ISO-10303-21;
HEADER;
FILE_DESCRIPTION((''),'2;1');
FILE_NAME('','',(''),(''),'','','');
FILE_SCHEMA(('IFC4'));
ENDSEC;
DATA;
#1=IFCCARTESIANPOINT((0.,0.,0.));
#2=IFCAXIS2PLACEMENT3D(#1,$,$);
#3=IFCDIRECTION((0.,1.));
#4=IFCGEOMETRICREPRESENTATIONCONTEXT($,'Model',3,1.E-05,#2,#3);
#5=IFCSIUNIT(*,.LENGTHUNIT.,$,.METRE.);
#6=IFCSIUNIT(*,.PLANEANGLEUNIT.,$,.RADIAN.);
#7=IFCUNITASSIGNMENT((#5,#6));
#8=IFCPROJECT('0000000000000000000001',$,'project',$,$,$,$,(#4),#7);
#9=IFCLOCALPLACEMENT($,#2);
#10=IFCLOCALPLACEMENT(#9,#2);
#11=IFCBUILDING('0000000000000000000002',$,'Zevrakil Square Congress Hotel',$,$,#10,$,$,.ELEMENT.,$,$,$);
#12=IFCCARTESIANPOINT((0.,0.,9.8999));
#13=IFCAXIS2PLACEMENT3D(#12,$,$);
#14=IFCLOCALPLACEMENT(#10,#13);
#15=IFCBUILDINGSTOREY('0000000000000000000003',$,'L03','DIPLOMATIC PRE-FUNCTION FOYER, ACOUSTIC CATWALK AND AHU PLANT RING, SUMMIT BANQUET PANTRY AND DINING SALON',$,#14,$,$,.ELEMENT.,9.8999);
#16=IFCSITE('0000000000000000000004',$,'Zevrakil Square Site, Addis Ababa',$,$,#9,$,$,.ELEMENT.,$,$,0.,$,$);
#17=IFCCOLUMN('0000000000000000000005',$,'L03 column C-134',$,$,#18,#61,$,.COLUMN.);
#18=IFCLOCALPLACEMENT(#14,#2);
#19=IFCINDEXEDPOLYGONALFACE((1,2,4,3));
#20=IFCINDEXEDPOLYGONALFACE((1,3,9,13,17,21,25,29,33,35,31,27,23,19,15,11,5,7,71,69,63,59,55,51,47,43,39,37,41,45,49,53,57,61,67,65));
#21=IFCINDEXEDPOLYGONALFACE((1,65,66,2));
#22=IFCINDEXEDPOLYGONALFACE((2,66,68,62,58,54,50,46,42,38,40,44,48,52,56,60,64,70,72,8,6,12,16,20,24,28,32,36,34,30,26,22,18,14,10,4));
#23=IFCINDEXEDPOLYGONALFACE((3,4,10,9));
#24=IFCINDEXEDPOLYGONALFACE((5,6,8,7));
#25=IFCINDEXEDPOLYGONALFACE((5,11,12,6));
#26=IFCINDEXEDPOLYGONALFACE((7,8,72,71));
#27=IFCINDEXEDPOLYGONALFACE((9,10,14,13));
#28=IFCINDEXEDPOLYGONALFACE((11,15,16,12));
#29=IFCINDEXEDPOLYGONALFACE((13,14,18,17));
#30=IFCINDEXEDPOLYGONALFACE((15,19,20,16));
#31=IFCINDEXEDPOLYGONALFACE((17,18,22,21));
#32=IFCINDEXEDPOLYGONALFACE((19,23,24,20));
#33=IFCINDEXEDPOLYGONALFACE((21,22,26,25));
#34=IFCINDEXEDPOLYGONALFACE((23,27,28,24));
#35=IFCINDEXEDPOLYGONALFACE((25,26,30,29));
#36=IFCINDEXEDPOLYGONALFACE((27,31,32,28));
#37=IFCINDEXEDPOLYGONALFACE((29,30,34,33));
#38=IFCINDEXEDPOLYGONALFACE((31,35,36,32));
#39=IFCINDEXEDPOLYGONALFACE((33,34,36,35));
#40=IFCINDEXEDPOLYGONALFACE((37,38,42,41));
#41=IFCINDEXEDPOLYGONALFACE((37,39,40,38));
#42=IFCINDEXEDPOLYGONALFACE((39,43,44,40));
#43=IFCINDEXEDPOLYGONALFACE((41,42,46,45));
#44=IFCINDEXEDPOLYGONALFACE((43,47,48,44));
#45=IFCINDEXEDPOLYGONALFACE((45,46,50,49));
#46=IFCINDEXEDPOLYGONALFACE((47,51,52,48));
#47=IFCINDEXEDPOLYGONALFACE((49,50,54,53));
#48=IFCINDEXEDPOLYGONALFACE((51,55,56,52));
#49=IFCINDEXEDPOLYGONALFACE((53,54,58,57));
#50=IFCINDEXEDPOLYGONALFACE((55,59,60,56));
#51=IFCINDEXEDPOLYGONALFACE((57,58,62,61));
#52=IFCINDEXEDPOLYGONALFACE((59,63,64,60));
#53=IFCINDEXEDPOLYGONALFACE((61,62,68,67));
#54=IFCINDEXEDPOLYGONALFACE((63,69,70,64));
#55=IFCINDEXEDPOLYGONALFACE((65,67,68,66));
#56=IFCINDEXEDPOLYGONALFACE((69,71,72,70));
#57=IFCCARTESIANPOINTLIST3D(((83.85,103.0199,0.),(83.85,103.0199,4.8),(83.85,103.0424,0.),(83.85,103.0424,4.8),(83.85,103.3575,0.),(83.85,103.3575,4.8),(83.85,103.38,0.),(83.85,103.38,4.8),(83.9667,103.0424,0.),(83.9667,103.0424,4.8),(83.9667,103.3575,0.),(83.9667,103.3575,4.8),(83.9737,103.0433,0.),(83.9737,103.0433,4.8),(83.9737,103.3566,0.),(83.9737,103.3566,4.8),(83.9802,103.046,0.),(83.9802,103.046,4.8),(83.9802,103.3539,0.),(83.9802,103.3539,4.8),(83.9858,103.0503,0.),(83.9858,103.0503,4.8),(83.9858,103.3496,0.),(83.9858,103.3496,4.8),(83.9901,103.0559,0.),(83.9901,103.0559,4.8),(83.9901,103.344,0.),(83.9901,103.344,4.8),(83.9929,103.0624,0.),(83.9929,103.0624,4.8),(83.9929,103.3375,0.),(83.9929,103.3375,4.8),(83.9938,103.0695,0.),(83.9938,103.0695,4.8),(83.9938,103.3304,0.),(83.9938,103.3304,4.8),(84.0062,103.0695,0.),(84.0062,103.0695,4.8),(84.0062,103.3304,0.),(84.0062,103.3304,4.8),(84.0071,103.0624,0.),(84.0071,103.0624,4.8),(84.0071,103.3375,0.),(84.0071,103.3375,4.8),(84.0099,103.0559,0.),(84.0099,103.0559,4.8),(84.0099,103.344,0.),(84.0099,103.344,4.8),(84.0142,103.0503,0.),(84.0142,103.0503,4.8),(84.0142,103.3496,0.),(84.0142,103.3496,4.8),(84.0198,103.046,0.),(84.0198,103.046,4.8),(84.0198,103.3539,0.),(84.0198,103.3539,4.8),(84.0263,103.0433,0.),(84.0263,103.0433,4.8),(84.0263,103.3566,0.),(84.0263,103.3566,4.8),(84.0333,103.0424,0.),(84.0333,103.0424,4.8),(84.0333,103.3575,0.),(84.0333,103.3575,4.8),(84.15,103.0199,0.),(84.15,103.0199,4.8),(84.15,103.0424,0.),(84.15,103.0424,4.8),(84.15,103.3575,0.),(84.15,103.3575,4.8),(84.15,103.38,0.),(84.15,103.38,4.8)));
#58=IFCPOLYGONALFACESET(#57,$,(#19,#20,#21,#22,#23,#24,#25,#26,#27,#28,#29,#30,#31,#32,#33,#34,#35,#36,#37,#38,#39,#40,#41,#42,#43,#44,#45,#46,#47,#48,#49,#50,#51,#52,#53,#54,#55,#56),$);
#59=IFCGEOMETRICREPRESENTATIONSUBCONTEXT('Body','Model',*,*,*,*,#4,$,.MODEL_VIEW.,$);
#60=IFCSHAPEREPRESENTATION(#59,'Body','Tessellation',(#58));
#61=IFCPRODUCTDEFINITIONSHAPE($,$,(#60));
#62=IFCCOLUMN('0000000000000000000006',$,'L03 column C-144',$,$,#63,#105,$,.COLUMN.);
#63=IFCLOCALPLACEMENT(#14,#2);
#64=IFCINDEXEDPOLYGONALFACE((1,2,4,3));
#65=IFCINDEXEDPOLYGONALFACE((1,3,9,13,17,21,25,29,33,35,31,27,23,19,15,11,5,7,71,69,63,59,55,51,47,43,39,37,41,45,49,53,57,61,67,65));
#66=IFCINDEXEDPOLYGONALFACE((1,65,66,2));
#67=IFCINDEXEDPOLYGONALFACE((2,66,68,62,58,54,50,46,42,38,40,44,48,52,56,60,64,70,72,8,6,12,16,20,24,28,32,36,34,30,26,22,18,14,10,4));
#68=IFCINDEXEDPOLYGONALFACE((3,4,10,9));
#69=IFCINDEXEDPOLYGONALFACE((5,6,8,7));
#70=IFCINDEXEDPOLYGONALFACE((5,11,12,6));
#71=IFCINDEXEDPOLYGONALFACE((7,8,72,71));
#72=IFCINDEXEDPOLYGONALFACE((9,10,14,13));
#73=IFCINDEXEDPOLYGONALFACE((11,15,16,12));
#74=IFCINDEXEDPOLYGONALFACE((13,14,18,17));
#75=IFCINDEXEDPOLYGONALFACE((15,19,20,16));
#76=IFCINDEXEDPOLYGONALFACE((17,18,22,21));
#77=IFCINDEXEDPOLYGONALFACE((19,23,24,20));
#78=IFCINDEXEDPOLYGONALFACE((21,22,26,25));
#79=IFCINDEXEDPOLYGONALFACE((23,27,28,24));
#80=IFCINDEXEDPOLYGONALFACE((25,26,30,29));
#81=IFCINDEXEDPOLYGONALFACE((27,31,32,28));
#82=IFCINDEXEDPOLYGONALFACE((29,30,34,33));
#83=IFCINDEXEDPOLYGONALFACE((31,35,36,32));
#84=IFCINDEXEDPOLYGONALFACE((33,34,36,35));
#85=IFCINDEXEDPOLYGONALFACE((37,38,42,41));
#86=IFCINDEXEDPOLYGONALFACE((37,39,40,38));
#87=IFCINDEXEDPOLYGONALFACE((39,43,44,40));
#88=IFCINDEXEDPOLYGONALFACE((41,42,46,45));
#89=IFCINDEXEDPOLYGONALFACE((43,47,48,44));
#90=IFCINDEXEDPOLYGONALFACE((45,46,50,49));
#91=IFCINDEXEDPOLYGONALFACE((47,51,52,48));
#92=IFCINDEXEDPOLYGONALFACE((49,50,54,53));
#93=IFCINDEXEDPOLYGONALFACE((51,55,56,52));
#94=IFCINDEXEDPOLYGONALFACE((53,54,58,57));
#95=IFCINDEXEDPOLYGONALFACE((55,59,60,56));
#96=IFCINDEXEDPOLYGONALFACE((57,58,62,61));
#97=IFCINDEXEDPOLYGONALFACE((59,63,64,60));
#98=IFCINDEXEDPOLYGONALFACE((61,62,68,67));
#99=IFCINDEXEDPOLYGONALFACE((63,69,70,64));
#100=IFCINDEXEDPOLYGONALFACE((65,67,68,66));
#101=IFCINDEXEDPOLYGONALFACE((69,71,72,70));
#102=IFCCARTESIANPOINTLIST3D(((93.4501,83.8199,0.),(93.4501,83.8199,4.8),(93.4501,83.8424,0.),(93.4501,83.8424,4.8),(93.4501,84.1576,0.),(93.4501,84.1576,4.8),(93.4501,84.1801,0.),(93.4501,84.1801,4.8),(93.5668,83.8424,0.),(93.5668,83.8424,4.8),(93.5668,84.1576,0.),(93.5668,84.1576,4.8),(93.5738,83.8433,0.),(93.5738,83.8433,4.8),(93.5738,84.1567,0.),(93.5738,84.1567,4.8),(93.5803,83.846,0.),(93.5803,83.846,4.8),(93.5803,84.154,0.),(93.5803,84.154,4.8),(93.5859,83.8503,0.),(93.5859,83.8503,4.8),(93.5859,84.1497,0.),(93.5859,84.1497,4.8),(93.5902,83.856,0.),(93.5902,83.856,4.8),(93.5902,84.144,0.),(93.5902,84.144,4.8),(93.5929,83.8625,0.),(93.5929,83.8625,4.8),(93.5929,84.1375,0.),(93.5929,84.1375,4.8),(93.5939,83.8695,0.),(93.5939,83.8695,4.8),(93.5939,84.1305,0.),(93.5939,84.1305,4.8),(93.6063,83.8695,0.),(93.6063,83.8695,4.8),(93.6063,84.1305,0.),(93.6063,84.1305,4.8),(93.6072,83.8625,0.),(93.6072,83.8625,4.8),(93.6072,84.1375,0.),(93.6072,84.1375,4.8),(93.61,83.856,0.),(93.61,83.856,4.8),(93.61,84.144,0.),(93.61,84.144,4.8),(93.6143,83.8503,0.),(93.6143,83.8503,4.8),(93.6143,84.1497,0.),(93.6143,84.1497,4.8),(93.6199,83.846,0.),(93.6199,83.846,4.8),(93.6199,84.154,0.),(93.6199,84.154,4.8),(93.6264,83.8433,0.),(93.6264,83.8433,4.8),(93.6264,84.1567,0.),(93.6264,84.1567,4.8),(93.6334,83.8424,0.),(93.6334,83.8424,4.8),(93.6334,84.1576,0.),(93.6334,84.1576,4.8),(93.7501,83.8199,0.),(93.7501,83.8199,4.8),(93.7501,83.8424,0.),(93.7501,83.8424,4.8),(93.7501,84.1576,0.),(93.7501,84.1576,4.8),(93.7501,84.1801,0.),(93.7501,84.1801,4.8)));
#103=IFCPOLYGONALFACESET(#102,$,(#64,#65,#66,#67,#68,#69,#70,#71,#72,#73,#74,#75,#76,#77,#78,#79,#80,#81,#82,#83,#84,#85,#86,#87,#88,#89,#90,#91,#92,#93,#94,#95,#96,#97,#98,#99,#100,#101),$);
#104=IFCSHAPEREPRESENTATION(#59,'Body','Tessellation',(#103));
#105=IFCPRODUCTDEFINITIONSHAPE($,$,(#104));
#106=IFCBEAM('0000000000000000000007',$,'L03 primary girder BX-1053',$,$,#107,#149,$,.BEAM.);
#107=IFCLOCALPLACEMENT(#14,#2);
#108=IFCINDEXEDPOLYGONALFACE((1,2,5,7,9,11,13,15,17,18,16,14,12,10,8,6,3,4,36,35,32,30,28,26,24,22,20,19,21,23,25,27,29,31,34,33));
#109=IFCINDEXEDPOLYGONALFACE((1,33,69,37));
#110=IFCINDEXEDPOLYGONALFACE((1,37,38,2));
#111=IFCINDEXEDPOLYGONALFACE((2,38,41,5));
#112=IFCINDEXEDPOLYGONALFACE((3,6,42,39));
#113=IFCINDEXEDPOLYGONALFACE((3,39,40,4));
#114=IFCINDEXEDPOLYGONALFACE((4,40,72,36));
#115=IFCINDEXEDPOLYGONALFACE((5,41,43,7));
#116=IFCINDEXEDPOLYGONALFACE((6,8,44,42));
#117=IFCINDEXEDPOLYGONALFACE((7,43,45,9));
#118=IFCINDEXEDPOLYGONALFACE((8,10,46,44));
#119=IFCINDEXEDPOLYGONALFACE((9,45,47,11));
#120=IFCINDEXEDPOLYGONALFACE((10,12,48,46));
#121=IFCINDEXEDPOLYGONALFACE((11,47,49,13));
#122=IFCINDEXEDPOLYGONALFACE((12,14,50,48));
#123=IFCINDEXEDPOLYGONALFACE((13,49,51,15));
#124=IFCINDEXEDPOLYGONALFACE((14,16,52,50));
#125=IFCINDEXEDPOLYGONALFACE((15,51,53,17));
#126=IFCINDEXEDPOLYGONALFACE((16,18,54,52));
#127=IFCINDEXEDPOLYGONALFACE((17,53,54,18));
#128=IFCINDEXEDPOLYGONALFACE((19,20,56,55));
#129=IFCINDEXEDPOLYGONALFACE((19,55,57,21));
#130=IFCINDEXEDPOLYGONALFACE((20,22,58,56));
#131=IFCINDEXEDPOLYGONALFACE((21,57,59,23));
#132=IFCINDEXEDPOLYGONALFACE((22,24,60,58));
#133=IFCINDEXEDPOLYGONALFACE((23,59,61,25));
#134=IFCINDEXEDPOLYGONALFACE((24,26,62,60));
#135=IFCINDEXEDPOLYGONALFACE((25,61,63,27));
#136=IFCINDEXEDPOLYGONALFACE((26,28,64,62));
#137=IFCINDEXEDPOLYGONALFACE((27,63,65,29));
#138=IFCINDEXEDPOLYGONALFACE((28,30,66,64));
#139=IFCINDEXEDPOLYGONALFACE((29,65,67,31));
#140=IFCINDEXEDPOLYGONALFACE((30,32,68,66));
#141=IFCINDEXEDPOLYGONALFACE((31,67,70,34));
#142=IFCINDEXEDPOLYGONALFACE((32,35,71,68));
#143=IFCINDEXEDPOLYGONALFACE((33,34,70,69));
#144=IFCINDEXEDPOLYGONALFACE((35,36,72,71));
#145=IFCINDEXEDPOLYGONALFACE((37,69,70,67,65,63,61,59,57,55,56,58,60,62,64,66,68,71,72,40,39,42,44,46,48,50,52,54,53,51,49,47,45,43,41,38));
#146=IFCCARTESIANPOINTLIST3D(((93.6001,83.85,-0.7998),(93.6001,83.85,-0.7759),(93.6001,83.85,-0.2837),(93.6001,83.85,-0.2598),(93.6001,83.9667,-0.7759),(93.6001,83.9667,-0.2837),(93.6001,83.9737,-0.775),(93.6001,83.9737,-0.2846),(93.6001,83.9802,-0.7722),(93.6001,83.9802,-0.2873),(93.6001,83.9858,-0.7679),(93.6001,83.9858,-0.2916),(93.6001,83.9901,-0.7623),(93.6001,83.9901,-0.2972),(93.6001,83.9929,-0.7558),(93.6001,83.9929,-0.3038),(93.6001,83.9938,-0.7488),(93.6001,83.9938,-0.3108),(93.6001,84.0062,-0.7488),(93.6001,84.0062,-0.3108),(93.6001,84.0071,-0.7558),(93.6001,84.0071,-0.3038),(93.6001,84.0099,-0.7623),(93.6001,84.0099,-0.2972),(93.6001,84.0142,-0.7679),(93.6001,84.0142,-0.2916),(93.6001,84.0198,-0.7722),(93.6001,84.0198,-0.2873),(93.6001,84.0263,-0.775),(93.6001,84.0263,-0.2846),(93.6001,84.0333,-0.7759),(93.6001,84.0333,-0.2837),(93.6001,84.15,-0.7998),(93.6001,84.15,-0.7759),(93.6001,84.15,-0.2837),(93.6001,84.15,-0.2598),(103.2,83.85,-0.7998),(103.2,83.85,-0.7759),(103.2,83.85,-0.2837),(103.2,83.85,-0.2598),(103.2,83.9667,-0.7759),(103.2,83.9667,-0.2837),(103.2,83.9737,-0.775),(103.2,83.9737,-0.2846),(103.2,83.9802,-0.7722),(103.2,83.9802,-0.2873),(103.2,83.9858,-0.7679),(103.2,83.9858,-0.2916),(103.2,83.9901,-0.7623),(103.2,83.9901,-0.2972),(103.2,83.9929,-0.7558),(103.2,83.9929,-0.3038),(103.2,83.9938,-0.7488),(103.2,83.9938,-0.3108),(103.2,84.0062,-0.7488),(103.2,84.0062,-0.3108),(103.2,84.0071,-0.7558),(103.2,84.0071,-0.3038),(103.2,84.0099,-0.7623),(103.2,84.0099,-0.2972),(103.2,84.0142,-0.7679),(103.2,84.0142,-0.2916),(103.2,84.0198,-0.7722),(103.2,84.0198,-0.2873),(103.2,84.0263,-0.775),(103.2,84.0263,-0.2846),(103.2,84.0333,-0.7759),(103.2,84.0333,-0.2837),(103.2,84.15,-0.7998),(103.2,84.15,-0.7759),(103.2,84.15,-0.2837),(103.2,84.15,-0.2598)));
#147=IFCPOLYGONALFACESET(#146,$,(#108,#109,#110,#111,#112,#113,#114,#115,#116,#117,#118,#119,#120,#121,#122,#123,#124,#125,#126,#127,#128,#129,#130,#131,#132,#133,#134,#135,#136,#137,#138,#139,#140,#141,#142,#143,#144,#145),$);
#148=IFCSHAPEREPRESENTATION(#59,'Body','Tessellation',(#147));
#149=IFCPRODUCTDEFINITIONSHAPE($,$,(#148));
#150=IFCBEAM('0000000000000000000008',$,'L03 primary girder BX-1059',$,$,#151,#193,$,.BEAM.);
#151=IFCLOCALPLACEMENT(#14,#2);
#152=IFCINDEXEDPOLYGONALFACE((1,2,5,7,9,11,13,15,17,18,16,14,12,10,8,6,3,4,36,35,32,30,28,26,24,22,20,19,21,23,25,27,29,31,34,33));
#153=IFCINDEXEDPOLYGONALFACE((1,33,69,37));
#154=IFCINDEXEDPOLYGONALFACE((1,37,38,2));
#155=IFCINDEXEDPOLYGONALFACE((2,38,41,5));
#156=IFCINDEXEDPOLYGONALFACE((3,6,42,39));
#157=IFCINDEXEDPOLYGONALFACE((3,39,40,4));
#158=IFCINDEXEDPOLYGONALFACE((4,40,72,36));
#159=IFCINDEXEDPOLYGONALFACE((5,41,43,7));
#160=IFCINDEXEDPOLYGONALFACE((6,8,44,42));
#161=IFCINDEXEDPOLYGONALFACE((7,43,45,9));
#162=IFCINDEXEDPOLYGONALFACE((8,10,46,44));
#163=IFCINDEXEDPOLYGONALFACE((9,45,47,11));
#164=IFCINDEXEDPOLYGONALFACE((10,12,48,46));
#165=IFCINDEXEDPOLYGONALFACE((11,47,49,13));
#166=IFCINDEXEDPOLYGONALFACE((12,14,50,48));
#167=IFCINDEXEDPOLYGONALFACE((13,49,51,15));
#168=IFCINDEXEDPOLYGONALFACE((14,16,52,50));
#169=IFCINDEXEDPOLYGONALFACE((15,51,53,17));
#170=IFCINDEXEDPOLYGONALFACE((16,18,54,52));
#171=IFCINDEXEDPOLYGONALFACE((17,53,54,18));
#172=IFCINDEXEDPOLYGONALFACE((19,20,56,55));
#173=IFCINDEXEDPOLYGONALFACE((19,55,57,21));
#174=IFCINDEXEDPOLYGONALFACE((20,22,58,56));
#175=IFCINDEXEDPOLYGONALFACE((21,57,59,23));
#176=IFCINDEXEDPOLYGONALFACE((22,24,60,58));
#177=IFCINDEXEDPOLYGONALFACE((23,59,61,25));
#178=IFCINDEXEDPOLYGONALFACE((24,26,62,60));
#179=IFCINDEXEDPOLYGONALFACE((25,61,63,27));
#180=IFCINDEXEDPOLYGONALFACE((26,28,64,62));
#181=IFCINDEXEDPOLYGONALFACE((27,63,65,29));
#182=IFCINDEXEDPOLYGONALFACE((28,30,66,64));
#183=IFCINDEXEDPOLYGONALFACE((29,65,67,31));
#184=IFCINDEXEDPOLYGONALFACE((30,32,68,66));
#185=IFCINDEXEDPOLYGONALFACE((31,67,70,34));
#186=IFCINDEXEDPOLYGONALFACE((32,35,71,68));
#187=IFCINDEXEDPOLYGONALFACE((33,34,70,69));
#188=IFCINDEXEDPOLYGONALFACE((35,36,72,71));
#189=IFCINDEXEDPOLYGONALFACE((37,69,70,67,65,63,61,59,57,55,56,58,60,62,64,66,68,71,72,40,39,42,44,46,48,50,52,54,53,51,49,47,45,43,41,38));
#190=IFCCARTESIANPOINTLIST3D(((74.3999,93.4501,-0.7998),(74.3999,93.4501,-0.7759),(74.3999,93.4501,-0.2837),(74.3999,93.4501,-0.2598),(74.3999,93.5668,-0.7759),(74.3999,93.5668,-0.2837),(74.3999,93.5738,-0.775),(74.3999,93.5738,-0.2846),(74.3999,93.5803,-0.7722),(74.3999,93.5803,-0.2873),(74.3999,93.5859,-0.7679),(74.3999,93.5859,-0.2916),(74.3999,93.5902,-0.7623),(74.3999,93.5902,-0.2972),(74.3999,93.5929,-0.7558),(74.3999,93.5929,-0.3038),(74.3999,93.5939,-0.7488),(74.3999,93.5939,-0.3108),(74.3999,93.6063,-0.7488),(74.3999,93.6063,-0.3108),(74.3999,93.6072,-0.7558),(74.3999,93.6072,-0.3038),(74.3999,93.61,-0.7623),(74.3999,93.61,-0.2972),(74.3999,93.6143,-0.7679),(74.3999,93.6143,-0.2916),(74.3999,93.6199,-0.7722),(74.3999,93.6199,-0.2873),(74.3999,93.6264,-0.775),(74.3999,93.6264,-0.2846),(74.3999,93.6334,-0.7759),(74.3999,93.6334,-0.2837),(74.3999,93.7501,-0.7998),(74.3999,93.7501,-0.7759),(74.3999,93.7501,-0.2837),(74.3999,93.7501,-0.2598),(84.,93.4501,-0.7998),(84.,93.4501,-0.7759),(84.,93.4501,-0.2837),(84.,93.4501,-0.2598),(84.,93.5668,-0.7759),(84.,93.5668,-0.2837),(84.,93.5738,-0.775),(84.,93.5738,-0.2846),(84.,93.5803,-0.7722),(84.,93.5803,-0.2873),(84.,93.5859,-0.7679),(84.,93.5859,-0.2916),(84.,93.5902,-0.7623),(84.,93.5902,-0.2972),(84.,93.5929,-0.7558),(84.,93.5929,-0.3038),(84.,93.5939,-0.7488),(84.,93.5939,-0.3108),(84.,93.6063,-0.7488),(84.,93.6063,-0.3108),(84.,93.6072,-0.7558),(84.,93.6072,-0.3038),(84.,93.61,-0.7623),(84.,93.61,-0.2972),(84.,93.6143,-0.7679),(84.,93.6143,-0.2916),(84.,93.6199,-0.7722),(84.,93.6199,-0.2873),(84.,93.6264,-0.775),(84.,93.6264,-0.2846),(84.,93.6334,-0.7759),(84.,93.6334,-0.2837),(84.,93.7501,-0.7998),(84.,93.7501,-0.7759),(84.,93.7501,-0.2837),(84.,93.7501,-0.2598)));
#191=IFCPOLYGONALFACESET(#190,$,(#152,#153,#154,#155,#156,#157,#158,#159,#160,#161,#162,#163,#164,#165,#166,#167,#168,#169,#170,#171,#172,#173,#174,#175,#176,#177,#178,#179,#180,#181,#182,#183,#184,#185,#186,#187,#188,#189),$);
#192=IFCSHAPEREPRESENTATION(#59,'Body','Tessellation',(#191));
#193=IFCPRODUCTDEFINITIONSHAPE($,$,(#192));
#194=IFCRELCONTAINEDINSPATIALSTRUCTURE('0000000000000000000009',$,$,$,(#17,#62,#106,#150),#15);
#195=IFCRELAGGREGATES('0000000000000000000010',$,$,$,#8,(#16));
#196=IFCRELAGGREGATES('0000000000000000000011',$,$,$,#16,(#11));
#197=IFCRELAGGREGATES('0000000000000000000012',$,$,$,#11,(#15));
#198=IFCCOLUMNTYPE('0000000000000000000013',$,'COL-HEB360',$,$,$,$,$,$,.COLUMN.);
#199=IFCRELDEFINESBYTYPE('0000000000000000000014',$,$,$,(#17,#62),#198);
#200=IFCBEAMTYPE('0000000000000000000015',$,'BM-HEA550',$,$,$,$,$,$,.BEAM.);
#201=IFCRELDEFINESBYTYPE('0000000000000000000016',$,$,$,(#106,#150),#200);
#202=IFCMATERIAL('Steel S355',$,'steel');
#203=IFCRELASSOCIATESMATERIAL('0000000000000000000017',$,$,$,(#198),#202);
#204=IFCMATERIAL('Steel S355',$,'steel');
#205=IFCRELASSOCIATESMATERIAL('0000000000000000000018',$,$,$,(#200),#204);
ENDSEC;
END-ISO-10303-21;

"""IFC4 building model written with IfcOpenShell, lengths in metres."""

from ifc_helpers import new_model, si_unit, direction, frame, origin, origin_2d, place, context, subcontext, project, spatial, i_section, extrude, material, material_profile, profile_set, type_object, element, save


model = new_model("IFC4")

# Units and contexts
model_context = context("Model", 3, precision=1e-05, world=origin(), true_north=direction((0.0, 1.0)))
body_context = subcontext(model_context, "Body", "Model", "MODEL_VIEW")
ifc_project = project(units=[si_unit("LENGTHUNIT", "METRE"), si_unit("PLANEANGLEUNIT", "RADIAN")], contexts=[model_context])

# Site, building, storey
site_placement = place(None, origin())
site = spatial("IfcSite", under=ifc_project, at=site_placement, Name="Zevrakil Square Site, Addis Ababa", CompositionType="ELEMENT", RefElevation=0.0)
building_placement = place(site_placement, origin())
building = spatial("IfcBuilding", under=site, at=building_placement, Name="Zevrakil Square Congress Hotel", CompositionType="ELEMENT")
storey_placement = place(building_placement, frame((0.0, 0.0, 9.8999)))
storey = spatial("IfcBuildingStorey", under=building, at=storey_placement, Name="L03", Description="DIPLOMATIC PRE-FUNCTION FOYER, ACOUSTIC CATWALK AND AHU PLANT RING, SUMMIT BANQUET PANTRY AND DINING SALON", CompositionType="ELEMENT", Elevation=9.8999)

# Columns
ifc_material_1 = material(Name="Steel S355", Category="steel")
ifc_material_profile_1 = material_profile(ifc_material_1, i_section(OverallWidth=0.3, OverallDepth=0.3601, WebThickness=0.0125, FlangeThickness=0.0225, FilletRadius=0.0271, at=origin_2d()), Name="HEB 360")
ifc_profile_set_1 = profile_set([ifc_material_profile_1], Name="Steel S355")
column_type = type_object("IfcColumnType", Name="COL-HEB360", PredefinedType="COLUMN", material=ifc_profile_set_1)
for number, where, z_axis, x_axis, name in (
    (1, (84.0, 103.2, 0.0), (0.0, 0.0, 1.0), (1.0, 0.0, 0.0), "L03 column C-134"),
    (2, (93.6001, 84.0, 0.0), (0.0, 0.0, 1.0), (1.0, 0.0, 0.0), "L03 column C-144"),
):
    element("IfcColumn", number, at=place(storey_placement, frame(where, z_axis=z_axis, x_axis=x_axis)), inside=storey, type_object=column_type, Name=name, PredefinedType="COLUMN", context=body_context, shape_type="SweptSolid", body=[
        extrude(i_section(OverallWidth=0.3, OverallDepth=0.3601, WebThickness=0.0125, FlangeThickness=0.0225, FilletRadius=0.0271, at=origin_2d()), origin(), (0.0, 0.0, 1.0), 4.8),
    ])

# Beams
ifc_material_2 = material(Name="Steel S355", Category="steel")
ifc_material_profile_2 = material_profile(ifc_material_2, i_section(OverallWidth=0.3, OverallDepth=0.54, WebThickness=0.0125, FlangeThickness=0.0239, FilletRadius=0.0271, at=origin_2d()), Name="HEA 550")
ifc_profile_set_2 = profile_set([ifc_material_profile_2], Name="Steel S355")
beam_type_1 = type_object("IfcBeamType", Name="BM-HEA550", PredefinedType="BEAM", material=ifc_profile_set_2)
beam_1_placement = place(storey_placement, frame((93.6001, 84.0, -0.5298), z_axis=(1.0, 0.0, 0.0), x_axis=(0.0, 1.0, 0.0)))
element("IfcBeam", 3, at=beam_1_placement, inside=storey, type_object=beam_type_1, Name="L03 primary girder BX-1053", PredefinedType="BEAM", context=body_context, shape_type="SweptSolid", body=[
    extrude(i_section(OverallWidth=0.3, OverallDepth=0.54, WebThickness=0.0125, FlangeThickness=0.0239, FilletRadius=0.0271, at=origin_2d()), origin(), (0.0, 0.0, 1.0), 9.5999),
])
for number, where, z_axis, x_axis, name in (
    (4, (74.3999, 93.6001, -0.5298), (1.0, 0.0, 0.0), (0.0, 1.0, 0.0), "L03 primary girder BX-1059"),
):
    element("IfcBeam", number, at=place(storey_placement, frame(where, z_axis=z_axis, x_axis=x_axis)), inside=storey, type_object=beam_type_1, Name=name, PredefinedType="BEAM", context=body_context, shape_type="SweptSolid", body=[
        extrude(i_section(OverallWidth=0.3, OverallDepth=0.54, WebThickness=0.0125, FlangeThickness=0.0239, FilletRadius=0.0271, at=origin_2d()), origin(), (0.0, 0.0, 1.0), 9.6001),
    ])

save(model, "model.ifc")
